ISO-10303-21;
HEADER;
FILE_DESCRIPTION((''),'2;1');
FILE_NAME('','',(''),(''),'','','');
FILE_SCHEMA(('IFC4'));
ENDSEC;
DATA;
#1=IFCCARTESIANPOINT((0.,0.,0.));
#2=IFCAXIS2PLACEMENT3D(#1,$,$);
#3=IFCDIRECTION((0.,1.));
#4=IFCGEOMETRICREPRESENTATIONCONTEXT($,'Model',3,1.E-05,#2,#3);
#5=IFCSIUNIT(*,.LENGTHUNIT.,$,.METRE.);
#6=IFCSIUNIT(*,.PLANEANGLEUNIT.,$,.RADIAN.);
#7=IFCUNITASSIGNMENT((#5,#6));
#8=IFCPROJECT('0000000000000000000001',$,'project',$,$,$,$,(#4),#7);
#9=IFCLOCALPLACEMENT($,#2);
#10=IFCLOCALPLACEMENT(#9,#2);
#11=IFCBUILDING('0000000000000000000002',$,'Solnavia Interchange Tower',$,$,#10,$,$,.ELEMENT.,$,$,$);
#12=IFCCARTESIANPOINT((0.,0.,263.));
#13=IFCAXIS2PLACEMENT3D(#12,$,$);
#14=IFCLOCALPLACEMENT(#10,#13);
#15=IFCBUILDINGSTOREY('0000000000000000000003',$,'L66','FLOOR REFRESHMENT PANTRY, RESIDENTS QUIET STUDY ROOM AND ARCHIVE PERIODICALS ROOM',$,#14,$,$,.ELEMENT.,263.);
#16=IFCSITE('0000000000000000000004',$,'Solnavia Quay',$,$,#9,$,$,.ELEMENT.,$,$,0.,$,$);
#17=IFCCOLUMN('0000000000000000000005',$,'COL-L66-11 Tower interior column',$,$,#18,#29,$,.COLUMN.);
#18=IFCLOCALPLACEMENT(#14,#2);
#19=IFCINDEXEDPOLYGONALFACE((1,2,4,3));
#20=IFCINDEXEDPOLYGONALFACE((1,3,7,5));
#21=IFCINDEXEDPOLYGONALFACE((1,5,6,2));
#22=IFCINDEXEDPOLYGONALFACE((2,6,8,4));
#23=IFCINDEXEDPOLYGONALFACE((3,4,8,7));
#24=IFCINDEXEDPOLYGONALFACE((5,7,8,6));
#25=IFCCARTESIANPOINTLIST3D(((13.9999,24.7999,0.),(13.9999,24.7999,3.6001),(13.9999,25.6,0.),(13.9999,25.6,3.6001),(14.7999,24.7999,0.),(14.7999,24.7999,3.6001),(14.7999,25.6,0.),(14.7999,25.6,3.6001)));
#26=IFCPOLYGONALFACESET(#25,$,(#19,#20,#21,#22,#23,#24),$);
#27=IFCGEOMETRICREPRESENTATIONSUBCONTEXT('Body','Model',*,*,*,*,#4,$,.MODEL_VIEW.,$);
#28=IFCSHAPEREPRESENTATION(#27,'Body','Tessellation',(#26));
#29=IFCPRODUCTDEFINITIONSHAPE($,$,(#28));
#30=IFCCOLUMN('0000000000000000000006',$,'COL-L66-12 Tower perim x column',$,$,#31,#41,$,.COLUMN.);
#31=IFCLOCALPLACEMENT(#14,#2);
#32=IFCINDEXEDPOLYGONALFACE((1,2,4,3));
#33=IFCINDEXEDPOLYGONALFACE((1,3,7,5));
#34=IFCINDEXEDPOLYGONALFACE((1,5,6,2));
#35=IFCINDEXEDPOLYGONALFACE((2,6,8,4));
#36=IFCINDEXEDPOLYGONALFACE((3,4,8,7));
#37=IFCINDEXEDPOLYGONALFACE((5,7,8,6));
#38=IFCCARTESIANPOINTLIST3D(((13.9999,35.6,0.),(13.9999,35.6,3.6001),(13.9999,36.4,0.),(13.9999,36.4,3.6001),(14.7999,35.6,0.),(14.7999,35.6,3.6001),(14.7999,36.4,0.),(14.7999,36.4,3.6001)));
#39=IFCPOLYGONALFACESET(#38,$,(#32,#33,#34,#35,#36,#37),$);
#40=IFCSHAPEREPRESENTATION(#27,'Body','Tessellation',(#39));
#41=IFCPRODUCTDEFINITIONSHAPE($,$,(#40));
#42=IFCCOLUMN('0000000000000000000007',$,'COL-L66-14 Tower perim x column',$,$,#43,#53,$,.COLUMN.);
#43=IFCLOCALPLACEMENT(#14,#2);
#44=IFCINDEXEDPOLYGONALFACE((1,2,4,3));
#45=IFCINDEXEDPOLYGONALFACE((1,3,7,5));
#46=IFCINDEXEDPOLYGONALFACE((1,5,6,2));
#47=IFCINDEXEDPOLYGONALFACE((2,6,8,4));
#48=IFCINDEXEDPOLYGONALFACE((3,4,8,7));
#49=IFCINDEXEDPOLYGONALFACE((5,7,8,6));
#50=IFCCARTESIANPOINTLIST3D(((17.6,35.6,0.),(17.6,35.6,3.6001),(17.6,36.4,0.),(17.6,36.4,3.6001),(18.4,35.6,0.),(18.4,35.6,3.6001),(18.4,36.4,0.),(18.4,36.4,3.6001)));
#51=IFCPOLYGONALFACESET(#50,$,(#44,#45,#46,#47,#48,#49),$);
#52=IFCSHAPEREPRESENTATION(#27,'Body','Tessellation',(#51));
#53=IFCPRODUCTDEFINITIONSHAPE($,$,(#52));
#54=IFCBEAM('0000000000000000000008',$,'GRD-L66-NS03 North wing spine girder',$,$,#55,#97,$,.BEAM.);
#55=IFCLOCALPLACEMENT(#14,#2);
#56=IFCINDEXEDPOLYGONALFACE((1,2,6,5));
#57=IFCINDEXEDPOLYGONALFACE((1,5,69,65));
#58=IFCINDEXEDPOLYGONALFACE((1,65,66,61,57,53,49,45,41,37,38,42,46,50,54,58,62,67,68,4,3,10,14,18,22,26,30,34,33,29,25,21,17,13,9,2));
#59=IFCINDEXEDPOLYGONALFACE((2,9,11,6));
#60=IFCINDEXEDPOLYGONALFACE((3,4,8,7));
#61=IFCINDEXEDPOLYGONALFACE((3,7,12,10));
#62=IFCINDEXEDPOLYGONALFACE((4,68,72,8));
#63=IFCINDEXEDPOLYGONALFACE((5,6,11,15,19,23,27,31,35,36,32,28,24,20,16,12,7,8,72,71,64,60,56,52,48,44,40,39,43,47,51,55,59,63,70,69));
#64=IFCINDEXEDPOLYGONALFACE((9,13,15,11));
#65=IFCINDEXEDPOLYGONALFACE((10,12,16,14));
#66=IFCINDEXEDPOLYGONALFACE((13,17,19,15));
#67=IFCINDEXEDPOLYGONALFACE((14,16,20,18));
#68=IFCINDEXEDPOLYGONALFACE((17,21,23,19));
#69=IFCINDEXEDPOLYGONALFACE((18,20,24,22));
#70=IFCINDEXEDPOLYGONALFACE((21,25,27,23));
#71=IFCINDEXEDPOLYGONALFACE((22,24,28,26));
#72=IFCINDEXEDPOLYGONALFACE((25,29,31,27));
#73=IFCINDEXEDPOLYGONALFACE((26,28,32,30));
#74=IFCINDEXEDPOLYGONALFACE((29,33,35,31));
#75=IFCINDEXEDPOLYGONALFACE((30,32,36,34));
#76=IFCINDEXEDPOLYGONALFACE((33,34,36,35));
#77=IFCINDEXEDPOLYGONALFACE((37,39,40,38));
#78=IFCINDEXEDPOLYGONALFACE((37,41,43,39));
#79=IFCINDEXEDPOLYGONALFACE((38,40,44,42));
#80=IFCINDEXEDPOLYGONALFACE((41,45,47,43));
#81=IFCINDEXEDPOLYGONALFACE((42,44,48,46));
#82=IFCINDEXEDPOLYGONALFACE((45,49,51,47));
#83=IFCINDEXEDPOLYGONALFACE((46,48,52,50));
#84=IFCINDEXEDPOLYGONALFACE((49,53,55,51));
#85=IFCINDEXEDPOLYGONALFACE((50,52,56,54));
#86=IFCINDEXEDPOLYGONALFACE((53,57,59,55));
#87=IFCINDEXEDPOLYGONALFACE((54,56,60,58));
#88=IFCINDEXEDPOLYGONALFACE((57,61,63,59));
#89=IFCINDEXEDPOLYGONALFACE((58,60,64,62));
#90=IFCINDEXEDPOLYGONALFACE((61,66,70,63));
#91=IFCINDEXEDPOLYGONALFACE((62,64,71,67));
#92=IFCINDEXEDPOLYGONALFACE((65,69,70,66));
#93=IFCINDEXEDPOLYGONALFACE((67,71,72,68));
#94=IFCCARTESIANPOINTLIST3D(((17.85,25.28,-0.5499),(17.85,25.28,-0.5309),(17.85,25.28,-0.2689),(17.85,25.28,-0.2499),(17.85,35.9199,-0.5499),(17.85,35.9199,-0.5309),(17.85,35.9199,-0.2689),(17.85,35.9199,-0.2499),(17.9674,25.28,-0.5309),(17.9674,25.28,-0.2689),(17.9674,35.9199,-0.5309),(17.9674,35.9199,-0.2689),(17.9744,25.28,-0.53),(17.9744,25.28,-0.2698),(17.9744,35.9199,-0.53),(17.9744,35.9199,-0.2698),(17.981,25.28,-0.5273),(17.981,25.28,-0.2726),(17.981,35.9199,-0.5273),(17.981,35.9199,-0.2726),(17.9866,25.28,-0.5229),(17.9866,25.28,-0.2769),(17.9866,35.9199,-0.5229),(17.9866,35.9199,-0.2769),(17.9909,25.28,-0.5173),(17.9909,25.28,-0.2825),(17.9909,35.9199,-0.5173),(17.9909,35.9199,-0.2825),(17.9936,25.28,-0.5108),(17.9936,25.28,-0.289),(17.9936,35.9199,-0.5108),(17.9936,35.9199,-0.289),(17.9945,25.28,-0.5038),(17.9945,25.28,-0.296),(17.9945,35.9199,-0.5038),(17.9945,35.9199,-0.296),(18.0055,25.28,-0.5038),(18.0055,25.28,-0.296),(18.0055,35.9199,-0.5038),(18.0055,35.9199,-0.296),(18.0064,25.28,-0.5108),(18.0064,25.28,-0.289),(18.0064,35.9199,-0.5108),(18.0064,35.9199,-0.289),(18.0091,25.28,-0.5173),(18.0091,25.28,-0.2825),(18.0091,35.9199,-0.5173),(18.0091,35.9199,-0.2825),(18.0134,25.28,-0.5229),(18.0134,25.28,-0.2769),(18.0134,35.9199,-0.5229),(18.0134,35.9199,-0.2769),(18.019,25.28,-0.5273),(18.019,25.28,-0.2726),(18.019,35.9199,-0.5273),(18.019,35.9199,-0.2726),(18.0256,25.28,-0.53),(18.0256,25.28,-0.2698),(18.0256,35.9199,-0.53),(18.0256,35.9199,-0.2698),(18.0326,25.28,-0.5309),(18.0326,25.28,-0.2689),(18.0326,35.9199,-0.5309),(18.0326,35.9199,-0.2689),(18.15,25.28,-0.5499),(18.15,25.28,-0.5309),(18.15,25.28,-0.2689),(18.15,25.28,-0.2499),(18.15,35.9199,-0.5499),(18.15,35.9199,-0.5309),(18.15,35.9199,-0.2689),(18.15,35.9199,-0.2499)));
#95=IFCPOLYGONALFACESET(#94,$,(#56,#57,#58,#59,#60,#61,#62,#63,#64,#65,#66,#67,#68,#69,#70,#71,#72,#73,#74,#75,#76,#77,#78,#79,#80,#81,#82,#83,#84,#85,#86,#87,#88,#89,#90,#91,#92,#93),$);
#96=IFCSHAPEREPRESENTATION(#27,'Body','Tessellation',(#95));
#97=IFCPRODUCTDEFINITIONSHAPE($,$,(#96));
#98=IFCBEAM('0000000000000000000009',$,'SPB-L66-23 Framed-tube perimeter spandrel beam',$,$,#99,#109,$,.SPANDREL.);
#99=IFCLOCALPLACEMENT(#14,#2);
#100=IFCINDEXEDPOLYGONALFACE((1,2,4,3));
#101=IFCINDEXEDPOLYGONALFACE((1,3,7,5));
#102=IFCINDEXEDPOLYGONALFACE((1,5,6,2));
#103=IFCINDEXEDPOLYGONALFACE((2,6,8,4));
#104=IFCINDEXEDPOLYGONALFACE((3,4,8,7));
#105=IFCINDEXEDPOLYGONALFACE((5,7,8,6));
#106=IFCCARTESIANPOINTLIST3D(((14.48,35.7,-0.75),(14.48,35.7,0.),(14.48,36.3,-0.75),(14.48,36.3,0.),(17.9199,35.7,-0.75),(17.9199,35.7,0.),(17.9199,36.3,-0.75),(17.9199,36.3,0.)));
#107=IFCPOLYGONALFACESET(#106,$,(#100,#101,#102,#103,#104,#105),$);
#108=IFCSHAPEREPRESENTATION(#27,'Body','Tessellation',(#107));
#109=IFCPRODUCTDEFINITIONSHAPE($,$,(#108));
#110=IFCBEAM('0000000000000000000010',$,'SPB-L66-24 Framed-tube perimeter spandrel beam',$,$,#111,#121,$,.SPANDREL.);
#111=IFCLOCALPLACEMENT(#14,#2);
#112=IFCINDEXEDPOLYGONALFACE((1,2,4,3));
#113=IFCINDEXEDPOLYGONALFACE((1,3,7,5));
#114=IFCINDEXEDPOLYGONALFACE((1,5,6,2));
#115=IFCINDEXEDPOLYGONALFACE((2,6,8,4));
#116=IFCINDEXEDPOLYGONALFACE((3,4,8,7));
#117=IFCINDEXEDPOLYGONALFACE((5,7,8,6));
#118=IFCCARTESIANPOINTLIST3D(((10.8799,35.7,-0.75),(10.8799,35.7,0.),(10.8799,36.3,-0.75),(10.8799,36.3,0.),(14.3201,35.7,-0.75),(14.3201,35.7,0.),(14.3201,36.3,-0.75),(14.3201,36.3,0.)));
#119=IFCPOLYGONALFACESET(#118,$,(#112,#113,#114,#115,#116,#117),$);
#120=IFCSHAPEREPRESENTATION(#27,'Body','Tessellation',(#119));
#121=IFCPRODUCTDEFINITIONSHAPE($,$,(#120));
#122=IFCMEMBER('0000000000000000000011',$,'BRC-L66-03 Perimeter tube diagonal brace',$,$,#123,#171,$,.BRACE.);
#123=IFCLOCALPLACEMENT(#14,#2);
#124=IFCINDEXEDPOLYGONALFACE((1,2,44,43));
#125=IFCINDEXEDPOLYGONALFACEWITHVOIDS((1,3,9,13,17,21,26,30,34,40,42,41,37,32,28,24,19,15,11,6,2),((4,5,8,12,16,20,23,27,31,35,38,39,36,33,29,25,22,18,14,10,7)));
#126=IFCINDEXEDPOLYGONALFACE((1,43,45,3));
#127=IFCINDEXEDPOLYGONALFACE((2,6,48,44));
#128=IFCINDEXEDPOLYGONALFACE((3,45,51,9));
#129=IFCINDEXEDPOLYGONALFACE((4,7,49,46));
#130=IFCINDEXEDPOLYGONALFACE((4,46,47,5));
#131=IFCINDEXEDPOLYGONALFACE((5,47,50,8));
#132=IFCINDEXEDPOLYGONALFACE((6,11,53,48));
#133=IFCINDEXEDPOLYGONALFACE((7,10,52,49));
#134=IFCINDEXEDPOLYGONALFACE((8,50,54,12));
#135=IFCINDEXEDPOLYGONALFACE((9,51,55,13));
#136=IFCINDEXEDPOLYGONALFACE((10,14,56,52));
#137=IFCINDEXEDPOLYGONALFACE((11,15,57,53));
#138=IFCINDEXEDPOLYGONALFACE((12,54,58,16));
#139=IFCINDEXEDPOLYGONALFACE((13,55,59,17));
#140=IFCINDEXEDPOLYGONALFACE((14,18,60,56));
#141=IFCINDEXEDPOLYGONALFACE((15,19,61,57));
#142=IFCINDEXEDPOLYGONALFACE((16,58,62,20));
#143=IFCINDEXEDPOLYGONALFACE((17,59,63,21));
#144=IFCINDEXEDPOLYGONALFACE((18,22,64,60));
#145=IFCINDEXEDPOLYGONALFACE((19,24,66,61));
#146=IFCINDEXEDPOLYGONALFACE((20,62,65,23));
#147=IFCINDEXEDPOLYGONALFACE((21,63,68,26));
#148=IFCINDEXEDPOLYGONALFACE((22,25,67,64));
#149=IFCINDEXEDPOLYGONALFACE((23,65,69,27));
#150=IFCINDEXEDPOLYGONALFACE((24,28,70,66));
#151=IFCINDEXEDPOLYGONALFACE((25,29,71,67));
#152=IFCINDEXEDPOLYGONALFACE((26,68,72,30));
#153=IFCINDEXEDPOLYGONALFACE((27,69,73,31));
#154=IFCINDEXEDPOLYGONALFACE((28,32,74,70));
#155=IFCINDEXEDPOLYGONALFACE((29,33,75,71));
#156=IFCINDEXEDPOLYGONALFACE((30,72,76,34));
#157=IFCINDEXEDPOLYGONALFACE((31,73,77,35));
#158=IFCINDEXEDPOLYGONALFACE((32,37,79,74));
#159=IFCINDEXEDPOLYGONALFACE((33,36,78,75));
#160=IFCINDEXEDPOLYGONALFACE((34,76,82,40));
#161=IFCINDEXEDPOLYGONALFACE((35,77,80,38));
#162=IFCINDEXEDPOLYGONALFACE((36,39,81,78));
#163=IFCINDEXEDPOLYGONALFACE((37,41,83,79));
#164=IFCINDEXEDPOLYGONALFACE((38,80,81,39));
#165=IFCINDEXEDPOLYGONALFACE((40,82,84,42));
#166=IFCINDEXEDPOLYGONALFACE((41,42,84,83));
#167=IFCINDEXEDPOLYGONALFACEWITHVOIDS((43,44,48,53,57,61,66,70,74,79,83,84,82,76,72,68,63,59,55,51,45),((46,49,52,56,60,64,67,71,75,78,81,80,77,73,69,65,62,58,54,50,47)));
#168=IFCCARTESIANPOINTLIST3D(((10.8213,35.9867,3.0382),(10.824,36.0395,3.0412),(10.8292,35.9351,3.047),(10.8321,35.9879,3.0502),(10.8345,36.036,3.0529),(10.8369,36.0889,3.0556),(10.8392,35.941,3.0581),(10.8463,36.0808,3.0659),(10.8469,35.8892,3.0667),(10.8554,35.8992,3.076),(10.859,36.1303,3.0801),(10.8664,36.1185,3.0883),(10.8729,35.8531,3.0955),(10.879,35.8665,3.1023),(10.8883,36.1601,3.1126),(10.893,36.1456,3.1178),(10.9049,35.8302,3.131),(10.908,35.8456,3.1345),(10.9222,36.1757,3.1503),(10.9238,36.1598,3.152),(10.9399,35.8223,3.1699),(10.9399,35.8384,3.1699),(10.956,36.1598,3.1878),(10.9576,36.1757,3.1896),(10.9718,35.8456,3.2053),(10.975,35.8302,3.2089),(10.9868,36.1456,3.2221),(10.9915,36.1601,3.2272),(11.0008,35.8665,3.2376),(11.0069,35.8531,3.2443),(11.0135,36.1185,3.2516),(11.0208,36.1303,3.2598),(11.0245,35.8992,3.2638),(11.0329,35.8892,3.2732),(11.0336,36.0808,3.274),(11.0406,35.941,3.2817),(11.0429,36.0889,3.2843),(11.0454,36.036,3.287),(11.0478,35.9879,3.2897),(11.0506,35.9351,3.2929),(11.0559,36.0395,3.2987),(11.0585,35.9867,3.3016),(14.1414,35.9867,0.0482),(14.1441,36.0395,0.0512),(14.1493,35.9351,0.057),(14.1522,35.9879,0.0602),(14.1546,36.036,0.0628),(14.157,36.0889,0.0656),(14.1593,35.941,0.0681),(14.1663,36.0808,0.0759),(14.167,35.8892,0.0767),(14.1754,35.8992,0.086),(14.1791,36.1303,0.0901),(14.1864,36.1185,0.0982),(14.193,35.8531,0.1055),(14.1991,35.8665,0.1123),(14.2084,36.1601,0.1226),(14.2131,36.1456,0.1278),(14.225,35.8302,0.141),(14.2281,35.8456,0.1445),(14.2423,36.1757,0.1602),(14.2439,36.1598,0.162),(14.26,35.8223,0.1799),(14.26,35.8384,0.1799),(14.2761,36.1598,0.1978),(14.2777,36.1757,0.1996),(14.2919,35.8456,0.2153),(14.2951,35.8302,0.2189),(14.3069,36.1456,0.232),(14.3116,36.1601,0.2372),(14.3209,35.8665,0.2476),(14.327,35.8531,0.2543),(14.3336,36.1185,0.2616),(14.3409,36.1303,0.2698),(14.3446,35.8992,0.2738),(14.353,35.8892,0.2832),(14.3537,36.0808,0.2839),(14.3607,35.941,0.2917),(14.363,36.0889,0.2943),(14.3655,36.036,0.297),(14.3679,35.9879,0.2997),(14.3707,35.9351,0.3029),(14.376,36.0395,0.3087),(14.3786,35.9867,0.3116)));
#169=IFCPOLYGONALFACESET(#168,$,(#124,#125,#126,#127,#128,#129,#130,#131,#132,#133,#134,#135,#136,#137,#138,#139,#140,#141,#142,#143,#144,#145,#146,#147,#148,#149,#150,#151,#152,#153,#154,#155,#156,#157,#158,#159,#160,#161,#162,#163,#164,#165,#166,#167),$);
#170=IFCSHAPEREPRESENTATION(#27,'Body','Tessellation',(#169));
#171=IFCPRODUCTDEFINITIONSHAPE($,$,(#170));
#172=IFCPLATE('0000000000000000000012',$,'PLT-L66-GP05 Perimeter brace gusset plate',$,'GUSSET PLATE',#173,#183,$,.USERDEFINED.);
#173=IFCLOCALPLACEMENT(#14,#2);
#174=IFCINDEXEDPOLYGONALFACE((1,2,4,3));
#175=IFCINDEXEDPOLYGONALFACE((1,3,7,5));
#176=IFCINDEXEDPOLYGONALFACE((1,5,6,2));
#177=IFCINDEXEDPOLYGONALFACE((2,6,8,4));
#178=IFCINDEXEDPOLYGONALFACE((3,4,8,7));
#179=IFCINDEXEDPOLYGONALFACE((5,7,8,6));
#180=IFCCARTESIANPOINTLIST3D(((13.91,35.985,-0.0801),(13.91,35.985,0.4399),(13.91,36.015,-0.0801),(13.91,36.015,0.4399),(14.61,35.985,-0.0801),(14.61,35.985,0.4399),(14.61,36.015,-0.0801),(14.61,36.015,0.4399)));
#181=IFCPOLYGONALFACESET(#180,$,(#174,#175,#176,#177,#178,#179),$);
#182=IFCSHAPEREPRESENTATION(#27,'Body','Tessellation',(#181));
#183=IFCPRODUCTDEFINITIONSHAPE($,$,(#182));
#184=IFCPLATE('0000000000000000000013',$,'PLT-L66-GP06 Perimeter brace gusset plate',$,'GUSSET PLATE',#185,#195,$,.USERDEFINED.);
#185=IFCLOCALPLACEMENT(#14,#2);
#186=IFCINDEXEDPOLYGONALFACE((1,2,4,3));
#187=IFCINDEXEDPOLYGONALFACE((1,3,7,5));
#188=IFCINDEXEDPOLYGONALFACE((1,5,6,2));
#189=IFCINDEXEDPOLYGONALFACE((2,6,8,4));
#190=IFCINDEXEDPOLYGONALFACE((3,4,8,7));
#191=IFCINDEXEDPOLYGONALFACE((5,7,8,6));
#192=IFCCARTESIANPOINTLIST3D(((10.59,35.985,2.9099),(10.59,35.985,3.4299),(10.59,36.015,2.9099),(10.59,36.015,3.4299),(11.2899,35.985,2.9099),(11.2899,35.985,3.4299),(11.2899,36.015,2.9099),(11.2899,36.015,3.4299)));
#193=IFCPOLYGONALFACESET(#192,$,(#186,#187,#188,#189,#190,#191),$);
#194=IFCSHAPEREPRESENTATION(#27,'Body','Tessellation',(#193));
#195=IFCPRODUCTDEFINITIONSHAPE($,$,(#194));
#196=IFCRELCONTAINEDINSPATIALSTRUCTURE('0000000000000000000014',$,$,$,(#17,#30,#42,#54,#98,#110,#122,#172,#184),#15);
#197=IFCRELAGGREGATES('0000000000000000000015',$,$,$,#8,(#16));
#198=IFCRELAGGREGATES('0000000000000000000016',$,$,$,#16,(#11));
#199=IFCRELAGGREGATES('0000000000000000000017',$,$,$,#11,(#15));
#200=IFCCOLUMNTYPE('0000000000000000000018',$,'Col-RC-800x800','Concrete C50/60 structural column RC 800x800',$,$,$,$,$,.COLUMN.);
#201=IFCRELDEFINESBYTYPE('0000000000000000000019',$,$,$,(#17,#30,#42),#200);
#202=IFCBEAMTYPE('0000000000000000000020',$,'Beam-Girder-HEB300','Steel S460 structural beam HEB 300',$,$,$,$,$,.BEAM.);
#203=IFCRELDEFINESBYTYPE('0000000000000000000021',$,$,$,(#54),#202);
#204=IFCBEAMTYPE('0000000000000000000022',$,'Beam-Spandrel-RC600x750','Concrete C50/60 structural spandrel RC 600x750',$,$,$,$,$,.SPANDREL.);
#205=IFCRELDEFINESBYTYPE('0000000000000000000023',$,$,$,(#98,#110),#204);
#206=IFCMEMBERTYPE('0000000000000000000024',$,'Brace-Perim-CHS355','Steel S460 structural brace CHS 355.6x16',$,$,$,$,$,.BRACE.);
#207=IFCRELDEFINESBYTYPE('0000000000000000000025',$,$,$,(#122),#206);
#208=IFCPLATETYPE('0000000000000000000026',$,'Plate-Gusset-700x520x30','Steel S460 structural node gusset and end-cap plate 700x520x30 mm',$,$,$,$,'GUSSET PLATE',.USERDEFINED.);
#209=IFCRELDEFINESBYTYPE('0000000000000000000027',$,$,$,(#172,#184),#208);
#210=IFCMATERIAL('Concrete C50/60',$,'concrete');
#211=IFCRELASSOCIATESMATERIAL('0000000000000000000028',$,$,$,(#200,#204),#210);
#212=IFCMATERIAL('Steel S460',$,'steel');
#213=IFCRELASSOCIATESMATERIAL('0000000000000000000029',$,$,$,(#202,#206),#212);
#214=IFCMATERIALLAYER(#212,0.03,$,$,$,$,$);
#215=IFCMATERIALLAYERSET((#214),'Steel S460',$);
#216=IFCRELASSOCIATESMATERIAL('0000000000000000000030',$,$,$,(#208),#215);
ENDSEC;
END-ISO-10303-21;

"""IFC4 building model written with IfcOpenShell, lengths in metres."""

from ifc_helpers import new_model, si_unit, direction, frame, origin, origin_2d, place, context, subcontext, project, spatial, rectangle, hollow_circle, i_section, extrude, material, layer, layer_set, material_profile, profile_set, type_object, element, save


model = new_model("IFC4")

# Units and contexts
model_context = context("Model", 3, precision=1e-05, world=origin(), true_north=direction((0.0, 1.0)))
body_context = subcontext(model_context, "Body", "Model", "MODEL_VIEW")
ifc_project = project(units=[si_unit("LENGTHUNIT", "METRE"), si_unit("PLANEANGLEUNIT", "RADIAN")], contexts=[model_context])

# Site, building, storey
site_placement = place(None, origin())
site = spatial("IfcSite", under=ifc_project, at=site_placement, Name="Solnavia Quay", CompositionType="ELEMENT", RefElevation=0.0)
building_placement = place(site_placement, origin())
building = spatial("IfcBuilding", under=site, at=building_placement, Name="Solnavia Interchange Tower", CompositionType="ELEMENT")
storey_placement = place(building_placement, frame((0.0, 0.0, 263.0)))
storey = spatial("IfcBuildingStorey", under=building, at=storey_placement, Name="L66", Description="FLOOR REFRESHMENT PANTRY, RESIDENTS QUIET STUDY ROOM AND ARCHIVE PERIODICALS ROOM", CompositionType="ELEMENT", Elevation=263.0)

# Columns
ifc_material_1 = material(Name="Concrete C50/60", Category="concrete")
ifc_material_profile_1 = material_profile(ifc_material_1, rectangle(XDim=0.8, YDim=0.8, at=origin_2d()), Name="RC 800x800")
ifc_profile_set_1 = profile_set([ifc_material_profile_1], Name="Concrete C50/60")
column_type = type_object("IfcColumnType", Name="Col-RC-800x800", Description="Concrete C50/60 structural column RC 800x800", PredefinedType="COLUMN", material=ifc_profile_set_1)
for number, where, z_axis, x_axis, name in (
    (1, (14.3999, 25.2, 0.0), (0.0, 0.0, 1.0), (1.0, 0.0, 0.0), "COL-L66-11 Tower interior column"),
    (2, (14.3999, 36.0, 0.0), (0.0, 0.0, 1.0), (1.0, 0.0, 0.0), "COL-L66-12 Tower perim x column"),
    (3, (18.0, 36.0, 0.0), (0.0, 0.0, 1.0), (1.0, 0.0, 0.0), "COL-L66-14 Tower perim x column"),
):
    element("IfcColumn", number, at=place(storey_placement, frame(where, z_axis=z_axis, x_axis=x_axis)), inside=storey, type_object=column_type, Name=name, PredefinedType="COLUMN", context=body_context, shape_type="SweptSolid", body=[
        extrude(rectangle(XDim=0.8, YDim=0.8, at=origin_2d()), origin(), (0.0, 0.0, 1.0), 3.6001),
    ])

# Beams
ifc_material_2 = material(Name="Steel S460", Category="steel")
ifc_material_profile_2 = material_profile(ifc_material_2, i_section(OverallWidth=0.3, OverallDepth=0.3, WebThickness=0.011, FlangeThickness=0.019, FilletRadius=0.0271, at=origin_2d()), Name="HEB 300")
ifc_profile_set_2 = profile_set([ifc_material_profile_2], Name="Steel S460")
beam_type_1 = type_object("IfcBeamType", Name="Beam-Girder-HEB300", Description="Steel S460 structural beam HEB 300", PredefinedType="BEAM", material=ifc_profile_set_2)
beam_1_placement = place(storey_placement, frame((18.0, 25.28, -0.3999), z_axis=(0.0, 1.0, 0.0), x_axis=(-1.0, 0.0, 0.0)))
element("IfcBeam", 4, at=beam_1_placement, inside=storey, type_object=beam_type_1, Name="GRD-L66-NS03 North wing spine girder", PredefinedType="BEAM", context=body_context, shape_type="SweptSolid", body=[
    extrude(i_section(OverallWidth=0.3, OverallDepth=0.3, WebThickness=0.011, FlangeThickness=0.019, FilletRadius=0.0271, at=origin_2d()), origin(), (0.0, 0.0, 1.0), 10.6399),
])
ifc_material_profile_3 = material_profile(ifc_material_1, rectangle(XDim=0.6001, YDim=0.75, at=origin_2d()), Name="RC 600x750")
ifc_profile_set_3 = profile_set([ifc_material_profile_3], Name="Concrete C50/60")
beam_type_2 = type_object("IfcBeamType", Name="Beam-Spandrel-RC600x750", Description="Concrete C50/60 structural spandrel RC 600x750", PredefinedType="SPANDREL", material=ifc_profile_set_3)
beam_2_placement = place(storey_placement, frame((17.9199, 36.0, -0.375), z_axis=(-1.0, 0.0, 0.0), x_axis=(0.0, -1.0, 0.0)))
element("IfcBeam", 5, at=beam_2_placement, inside=storey, type_object=beam_type_2, Name="SPB-L66-23 Framed-tube perimeter spandrel beam", PredefinedType="SPANDREL", context=body_context, shape_type="SweptSolid", body=[
    extrude(rectangle(XDim=0.6001, YDim=0.75, at=origin_2d()), origin(), (0.0, 0.0, 1.0), 3.4399),
])
beam_3_placement = place(storey_placement, frame((14.3201, 36.0, -0.375), z_axis=(-1.0, 0.0, 0.0), x_axis=(0.0, -1.0, 0.0)))
element("IfcBeam", 6, at=beam_3_placement, inside=storey, type_object=beam_type_2, Name="SPB-L66-24 Framed-tube perimeter spandrel beam", PredefinedType="SPANDREL", context=body_context, shape_type="SweptSolid", body=[
    extrude(rectangle(XDim=0.6001, YDim=0.75, at=origin_2d()), origin(), (0.0, 0.0, 1.0), 3.4402),
])

# Member
ifc_material_profile_4 = material_profile(ifc_material_2, hollow_circle(Radius=0.1777, WallThickness=0.0161, at=origin_2d()), Name="CHS 355.6x16")
ifc_profile_set_4 = profile_set([ifc_material_profile_4], Name="Steel S460")
member_type = type_object("IfcMemberType", Name="Brace-Perim-CHS355", Description="Steel S460 structural brace CHS 355.6x16", PredefinedType="BRACE", material=ifc_profile_set_4)
member_placement = place(storey_placement, frame((14.26, 36.0, 0.1799), z_axis=(-0.743079, 0.0, 0.669203), x_axis=(0.0, -1.0, 0.0)))
element("IfcMember", 7, at=member_placement, inside=storey, type_object=member_type, Name="BRC-L66-03 Perimeter tube diagonal brace", PredefinedType="BRACE", context=body_context, shape_type="SweptSolid", body=[
    extrude(hollow_circle(Radius=0.1777, WallThickness=0.0161, at=origin_2d()), origin(), (0.0, 0.0, 1.0), 4.468),
])

# Plates
ifc_layer_1 = layer(ifc_material_2, 0.03)
ifc_layer_set_1 = layer_set([ifc_layer_1], Name="Steel S460")
plate_type = type_object("IfcPlateType", Name="Plate-Gusset-700x520x30", Description="Steel S460 structural node gusset and end-cap plate 700x520x30 mm", ElementType="GUSSET PLATE", PredefinedType="USERDEFINED", material=ifc_layer_set_1)
for number, where, z_axis, x_axis, name in (
    (8, (14.26, 36.0, -0.0801), (0.0, 0.0, 1.0), (-1.0, 0.0, 0.0), "PLT-L66-GP05 Perimeter brace gusset plate"),
    (9, (10.9399, 36.0, 2.9099), (0.0, 0.0, 1.0), (-1.0, 0.0, 0.0), "PLT-L66-GP06 Perimeter brace gusset plate"),
):
    element("IfcPlate", number, at=place(storey_placement, frame(where, z_axis=z_axis, x_axis=x_axis)), inside=storey, type_object=plate_type, Name=name, ObjectType="GUSSET PLATE", PredefinedType="USERDEFINED", context=body_context, shape_type="SweptSolid", body=[
        extrude(rectangle(XDim=0.7, YDim=0.03, at=origin_2d()), origin(), (0.0, 0.0, 1.0), 0.52),
    ])

save(model, "model.ifc")
